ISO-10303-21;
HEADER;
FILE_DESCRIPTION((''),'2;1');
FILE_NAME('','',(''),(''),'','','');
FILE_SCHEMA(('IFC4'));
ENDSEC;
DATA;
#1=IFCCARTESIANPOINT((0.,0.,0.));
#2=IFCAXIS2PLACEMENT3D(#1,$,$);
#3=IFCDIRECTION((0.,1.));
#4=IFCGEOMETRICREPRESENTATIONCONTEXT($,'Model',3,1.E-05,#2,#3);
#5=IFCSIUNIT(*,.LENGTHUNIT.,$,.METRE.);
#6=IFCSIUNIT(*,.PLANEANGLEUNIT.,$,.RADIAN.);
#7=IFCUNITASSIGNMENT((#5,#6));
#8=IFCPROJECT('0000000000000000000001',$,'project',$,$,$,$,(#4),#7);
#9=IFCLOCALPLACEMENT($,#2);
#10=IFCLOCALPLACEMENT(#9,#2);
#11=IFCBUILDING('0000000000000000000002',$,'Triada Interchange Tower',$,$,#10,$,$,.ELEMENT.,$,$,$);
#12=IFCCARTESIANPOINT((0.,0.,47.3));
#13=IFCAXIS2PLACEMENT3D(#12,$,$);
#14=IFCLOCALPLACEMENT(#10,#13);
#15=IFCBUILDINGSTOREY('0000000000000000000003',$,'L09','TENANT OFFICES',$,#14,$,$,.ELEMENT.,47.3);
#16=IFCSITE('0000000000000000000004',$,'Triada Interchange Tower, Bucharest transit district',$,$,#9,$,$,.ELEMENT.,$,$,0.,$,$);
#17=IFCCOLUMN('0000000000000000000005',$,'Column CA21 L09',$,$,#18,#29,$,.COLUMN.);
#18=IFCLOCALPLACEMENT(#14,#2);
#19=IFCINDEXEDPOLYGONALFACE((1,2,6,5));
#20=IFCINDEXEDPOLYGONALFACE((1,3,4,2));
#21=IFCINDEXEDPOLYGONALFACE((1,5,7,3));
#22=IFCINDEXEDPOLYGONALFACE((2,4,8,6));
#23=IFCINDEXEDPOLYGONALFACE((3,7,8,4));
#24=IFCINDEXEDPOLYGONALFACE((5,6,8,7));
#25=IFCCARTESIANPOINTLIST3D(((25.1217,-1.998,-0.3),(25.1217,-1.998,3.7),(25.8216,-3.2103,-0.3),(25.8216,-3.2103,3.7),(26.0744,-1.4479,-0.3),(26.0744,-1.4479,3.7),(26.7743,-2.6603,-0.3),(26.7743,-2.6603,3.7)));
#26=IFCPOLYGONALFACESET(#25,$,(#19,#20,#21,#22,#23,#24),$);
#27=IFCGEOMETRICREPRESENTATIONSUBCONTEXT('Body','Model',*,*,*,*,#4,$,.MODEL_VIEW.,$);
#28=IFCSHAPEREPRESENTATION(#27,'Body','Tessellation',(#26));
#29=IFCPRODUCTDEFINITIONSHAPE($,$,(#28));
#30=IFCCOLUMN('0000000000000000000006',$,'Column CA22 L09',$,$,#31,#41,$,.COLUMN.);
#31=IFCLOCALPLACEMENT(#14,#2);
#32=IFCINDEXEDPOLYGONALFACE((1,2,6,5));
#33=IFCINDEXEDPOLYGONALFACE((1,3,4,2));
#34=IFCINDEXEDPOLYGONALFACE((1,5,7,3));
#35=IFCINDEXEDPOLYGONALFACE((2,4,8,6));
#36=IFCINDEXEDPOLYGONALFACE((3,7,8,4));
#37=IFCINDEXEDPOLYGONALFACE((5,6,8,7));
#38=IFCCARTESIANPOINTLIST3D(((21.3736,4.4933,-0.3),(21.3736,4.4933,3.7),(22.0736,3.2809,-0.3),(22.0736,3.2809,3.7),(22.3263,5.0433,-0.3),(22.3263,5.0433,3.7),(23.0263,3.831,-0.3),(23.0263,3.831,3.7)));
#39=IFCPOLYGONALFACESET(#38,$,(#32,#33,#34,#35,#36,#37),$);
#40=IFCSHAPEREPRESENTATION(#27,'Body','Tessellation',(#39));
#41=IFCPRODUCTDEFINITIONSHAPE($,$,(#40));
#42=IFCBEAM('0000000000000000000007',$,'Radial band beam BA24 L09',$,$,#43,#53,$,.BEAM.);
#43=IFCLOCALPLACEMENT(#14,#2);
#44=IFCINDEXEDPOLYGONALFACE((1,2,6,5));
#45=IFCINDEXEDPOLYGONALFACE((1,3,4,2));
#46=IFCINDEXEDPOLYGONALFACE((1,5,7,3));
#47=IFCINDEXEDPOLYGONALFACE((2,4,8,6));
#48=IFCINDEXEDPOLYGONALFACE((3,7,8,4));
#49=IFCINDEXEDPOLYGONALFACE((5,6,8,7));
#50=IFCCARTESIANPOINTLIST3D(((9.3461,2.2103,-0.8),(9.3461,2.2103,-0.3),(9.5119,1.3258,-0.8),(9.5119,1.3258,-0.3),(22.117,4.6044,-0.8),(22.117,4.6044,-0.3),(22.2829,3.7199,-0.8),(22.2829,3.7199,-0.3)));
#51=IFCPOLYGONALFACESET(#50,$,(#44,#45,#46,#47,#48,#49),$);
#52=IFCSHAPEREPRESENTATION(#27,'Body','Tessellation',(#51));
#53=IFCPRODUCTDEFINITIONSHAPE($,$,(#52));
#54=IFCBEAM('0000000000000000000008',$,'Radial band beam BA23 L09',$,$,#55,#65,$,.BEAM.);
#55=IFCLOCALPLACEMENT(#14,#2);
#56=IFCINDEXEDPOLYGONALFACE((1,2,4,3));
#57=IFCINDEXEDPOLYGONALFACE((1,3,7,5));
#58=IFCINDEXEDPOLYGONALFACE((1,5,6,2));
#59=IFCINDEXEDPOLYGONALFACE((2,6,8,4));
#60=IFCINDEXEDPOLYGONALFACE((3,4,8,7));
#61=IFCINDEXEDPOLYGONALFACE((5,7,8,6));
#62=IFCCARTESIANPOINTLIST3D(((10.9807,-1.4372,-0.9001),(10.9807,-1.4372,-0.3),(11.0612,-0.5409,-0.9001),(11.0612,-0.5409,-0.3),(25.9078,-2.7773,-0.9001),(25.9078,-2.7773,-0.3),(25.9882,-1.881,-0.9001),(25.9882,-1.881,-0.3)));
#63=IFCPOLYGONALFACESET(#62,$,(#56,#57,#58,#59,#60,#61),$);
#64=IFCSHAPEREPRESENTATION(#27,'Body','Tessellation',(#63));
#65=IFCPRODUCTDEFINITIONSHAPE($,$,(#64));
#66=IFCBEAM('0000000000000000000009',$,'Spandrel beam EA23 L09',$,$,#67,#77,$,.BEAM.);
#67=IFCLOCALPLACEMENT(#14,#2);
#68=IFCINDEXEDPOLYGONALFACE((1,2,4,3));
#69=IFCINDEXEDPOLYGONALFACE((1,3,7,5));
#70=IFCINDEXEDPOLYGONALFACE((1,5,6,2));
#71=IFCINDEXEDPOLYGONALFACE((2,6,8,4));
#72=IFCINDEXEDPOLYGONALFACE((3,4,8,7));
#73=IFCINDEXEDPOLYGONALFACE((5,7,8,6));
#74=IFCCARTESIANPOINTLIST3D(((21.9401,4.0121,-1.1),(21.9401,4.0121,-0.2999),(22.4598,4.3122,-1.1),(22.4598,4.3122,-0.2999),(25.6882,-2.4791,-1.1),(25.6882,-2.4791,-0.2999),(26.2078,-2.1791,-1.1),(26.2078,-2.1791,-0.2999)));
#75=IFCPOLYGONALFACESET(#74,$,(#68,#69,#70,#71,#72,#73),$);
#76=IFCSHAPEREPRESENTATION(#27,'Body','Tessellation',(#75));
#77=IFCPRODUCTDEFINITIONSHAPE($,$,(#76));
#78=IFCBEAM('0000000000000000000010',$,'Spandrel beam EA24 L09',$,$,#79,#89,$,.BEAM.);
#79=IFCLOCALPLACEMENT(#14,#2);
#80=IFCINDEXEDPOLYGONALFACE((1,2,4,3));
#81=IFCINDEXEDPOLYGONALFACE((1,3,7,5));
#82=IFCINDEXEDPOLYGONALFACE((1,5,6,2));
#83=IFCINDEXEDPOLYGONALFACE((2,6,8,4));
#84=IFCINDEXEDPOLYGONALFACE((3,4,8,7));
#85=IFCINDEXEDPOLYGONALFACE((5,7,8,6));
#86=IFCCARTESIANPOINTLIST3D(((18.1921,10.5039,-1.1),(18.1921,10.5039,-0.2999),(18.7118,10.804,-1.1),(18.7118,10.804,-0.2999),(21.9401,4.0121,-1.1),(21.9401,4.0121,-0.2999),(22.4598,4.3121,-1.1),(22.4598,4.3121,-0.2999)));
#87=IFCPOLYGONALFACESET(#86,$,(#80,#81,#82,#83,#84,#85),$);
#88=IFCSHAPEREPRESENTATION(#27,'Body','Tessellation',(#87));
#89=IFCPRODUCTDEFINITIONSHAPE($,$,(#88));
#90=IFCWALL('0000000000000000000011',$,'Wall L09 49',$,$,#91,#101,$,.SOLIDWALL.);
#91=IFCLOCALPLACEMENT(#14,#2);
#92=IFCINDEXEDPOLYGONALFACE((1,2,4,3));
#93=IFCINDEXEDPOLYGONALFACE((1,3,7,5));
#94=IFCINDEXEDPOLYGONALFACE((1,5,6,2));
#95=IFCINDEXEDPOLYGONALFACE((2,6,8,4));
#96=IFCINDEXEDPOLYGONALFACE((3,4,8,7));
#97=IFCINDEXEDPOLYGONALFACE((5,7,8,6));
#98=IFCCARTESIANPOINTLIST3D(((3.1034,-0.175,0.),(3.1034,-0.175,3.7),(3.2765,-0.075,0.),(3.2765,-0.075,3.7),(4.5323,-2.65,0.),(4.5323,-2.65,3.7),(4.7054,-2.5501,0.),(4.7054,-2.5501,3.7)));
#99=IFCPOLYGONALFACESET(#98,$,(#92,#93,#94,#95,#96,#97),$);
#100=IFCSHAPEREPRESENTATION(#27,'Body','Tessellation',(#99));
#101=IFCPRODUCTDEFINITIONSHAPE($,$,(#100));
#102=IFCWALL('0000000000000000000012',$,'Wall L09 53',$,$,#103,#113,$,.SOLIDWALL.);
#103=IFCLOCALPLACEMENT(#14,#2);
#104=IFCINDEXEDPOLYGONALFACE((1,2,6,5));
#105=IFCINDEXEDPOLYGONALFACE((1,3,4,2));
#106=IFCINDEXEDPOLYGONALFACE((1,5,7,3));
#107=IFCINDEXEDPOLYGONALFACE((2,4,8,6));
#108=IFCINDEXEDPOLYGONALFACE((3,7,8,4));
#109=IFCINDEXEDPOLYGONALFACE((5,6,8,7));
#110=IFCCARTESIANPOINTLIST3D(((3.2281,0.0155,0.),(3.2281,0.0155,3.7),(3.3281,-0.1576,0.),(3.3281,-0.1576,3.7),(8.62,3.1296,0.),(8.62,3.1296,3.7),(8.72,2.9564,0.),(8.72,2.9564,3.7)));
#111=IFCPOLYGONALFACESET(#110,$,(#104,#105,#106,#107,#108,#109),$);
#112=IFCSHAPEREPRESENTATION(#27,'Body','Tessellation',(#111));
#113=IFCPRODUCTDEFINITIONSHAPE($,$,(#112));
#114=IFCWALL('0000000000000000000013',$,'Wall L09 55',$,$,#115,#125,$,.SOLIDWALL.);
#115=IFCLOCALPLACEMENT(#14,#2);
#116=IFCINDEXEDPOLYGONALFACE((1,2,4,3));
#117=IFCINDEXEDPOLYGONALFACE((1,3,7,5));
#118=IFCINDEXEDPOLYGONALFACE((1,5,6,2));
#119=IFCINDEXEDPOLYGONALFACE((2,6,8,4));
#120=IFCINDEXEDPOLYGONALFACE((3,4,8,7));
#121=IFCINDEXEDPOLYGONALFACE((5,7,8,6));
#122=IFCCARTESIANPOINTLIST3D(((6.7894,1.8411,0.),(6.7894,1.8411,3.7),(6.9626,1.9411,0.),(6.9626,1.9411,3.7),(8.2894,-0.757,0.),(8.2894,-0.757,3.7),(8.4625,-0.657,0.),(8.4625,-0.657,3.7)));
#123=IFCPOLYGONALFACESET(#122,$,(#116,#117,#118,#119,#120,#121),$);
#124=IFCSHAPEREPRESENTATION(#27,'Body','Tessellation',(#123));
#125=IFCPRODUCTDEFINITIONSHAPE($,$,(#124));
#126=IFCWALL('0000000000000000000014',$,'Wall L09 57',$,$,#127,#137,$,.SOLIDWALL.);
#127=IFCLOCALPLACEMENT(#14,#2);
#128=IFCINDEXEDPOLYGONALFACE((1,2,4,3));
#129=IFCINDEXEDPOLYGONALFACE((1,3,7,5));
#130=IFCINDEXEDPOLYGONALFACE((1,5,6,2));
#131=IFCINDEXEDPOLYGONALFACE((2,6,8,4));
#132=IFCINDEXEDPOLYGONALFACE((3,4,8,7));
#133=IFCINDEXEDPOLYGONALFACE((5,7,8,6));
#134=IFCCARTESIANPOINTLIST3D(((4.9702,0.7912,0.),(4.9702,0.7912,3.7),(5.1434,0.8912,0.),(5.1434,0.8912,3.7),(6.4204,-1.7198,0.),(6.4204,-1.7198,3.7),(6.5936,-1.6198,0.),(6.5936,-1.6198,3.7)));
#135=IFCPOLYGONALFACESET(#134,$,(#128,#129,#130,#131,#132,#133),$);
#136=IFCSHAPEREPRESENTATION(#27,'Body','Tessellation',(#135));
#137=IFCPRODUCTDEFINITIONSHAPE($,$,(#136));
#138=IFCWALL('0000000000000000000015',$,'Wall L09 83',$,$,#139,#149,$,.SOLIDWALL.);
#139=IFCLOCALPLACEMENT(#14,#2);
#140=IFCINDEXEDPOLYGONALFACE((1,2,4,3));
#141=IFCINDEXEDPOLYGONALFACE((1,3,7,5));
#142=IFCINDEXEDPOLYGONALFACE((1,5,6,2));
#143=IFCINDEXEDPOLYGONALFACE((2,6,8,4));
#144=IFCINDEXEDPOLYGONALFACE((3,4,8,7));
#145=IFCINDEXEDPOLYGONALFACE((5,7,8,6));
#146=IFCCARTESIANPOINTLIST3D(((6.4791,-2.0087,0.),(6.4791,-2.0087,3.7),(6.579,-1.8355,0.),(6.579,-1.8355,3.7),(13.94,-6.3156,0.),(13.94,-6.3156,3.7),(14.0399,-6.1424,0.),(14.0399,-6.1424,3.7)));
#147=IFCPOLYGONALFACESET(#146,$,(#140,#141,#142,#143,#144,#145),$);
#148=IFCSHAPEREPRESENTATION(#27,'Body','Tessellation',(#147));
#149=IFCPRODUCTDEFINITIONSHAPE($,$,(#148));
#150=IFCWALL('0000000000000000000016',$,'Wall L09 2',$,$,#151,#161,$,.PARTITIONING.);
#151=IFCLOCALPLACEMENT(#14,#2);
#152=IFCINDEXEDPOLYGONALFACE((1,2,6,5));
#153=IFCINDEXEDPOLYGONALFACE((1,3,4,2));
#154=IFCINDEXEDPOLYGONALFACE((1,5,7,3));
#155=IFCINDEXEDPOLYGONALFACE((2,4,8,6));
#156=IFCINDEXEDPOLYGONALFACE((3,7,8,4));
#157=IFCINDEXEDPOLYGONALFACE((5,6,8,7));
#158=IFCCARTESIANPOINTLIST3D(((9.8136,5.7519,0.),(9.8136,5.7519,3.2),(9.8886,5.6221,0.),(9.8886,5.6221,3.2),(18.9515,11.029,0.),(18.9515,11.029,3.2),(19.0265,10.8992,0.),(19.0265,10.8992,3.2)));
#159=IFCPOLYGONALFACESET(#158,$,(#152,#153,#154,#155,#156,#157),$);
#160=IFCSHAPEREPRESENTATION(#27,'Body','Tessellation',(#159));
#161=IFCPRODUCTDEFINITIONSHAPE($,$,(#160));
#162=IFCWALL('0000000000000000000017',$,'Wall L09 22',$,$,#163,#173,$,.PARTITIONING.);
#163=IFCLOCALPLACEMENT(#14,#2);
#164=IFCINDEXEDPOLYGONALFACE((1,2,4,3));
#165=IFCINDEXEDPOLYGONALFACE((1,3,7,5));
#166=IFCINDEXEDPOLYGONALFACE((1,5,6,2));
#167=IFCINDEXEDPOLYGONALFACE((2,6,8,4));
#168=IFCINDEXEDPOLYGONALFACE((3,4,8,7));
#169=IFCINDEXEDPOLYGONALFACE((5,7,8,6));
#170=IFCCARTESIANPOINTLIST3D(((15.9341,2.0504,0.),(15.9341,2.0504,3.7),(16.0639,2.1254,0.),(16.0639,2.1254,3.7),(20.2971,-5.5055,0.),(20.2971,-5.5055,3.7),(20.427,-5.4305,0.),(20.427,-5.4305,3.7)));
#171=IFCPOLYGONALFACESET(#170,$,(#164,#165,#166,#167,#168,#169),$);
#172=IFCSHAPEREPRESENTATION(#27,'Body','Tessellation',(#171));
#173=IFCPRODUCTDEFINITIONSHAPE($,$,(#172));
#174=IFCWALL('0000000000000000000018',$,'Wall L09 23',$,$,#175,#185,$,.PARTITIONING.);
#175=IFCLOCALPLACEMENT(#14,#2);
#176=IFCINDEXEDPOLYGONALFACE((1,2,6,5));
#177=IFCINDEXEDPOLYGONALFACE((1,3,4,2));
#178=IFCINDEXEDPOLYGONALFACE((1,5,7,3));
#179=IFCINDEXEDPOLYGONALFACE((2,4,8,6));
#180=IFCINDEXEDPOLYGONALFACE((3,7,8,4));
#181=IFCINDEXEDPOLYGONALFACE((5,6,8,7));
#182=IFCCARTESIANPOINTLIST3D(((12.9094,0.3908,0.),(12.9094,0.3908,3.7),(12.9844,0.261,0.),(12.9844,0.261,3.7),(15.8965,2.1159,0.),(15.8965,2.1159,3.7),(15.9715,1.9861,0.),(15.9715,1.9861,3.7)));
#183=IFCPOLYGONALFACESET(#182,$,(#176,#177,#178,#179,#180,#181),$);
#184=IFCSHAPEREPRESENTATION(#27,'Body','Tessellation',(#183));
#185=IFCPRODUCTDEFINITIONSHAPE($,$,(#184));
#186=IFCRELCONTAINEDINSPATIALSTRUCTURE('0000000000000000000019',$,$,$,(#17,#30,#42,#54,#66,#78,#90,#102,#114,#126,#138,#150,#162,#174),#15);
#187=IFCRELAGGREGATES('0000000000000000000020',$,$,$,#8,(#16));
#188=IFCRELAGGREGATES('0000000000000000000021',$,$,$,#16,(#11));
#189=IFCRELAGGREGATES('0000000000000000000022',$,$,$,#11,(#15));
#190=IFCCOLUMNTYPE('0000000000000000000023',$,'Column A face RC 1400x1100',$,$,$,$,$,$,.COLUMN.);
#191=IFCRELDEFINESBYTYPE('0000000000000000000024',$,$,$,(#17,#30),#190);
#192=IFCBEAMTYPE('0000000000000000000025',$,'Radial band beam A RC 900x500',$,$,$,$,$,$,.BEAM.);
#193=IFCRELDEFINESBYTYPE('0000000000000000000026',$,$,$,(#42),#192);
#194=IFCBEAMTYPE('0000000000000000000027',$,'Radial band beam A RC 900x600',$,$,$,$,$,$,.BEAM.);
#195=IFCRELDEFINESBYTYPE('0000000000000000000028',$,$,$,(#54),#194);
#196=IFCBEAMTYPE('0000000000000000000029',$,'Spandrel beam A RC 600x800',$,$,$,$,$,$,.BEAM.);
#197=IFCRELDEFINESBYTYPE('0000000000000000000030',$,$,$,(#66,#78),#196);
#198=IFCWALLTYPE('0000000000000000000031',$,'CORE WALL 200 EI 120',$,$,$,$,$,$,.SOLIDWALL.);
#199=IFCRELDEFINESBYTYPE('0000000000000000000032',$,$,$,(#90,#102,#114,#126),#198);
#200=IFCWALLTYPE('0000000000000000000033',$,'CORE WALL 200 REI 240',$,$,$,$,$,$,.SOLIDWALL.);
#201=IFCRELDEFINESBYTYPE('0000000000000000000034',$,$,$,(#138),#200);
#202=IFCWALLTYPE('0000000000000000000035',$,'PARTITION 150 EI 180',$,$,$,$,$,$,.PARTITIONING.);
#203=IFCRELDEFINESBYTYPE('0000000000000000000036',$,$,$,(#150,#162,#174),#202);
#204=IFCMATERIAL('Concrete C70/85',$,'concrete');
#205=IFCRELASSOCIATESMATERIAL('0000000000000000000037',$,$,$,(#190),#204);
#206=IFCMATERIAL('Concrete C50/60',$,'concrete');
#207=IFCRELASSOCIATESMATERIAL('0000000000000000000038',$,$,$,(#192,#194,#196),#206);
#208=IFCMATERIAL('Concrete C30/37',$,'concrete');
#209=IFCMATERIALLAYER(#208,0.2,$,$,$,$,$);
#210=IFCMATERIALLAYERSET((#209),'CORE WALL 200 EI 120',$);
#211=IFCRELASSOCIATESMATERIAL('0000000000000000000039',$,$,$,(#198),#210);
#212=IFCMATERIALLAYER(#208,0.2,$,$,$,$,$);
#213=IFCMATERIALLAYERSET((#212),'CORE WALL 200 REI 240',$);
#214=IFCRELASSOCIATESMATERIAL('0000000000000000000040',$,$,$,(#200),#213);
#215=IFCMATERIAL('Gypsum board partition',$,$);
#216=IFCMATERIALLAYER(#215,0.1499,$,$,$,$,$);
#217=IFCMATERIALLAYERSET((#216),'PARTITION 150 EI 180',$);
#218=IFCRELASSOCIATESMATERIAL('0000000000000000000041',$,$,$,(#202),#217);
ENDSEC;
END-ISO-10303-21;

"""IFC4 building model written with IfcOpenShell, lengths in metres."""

from ifc_helpers import new_model, si_unit, direction, frame, frame_2d, origin, origin_2d, place, context, subcontext, project, spatial, rectangle, extrude, material, layer, layer_set, material_profile, profile_set, type_object, element, save


model = new_model("IFC4")

# Units and contexts
model_context = context("Model", 3, precision=1e-05, world=origin(), true_north=direction((0.0, 1.0)))
body_context = subcontext(model_context, "Body", "Model", "MODEL_VIEW")
ifc_project = project(units=[si_unit("LENGTHUNIT", "METRE"), si_unit("PLANEANGLEUNIT", "RADIAN")], contexts=[model_context])

# Site, building, storey
site_placement = place(None, origin())
site = spatial("IfcSite", under=ifc_project, at=site_placement, Name="Triada Interchange Tower, Bucharest transit district", CompositionType="ELEMENT", RefElevation=0.0)
building_placement = place(site_placement, origin())
building = spatial("IfcBuilding", under=site, at=building_placement, Name="Triada Interchange Tower", CompositionType="ELEMENT")
storey_placement = place(building_placement, frame((0.0, 0.0, 47.3)))
storey = spatial("IfcBuildingStorey", under=building, at=storey_placement, Name="L09", Description="TENANT OFFICES", CompositionType="ELEMENT", Elevation=47.3)

# Columns
ifc_material_1 = material(Name="Concrete C70/85", Category="concrete")
ifc_material_profile_1 = material_profile(ifc_material_1, rectangle(XDim=1.3999, YDim=1.1001, at=origin_2d()), Name="RC 1400x1100")
ifc_profile_set_1 = profile_set([ifc_material_profile_1], Name="Concrete C70/85")
column_type = type_object("IfcColumnType", Name="Column A face RC 1400x1100", PredefinedType="COLUMN", material=ifc_profile_set_1)
for number, where, z_axis, x_axis, name in (
    (1, (25.948, -2.3291, -0.3), (0.0, 0.0, 1.0), (-0.5, 0.866025, 0.0), "Column CA21 L09"),
    (2, (22.2, 4.1621, -0.3), (0.0, 0.0, 1.0), (-0.5, 0.866025, 0.0), "Column CA22 L09"),
):
    element("IfcColumn", number, at=place(storey_placement, frame(where, z_axis=z_axis, x_axis=x_axis)), inside=storey, type_object=column_type, Name=name, PredefinedType="COLUMN", context=body_context, shape_type="SweptSolid", body=[
        extrude(rectangle(XDim=1.3999, YDim=1.1001, at=origin_2d()), origin(), (0.0, 0.0, 1.0), 4.0),
    ])

# Beams
ifc_material_2 = material(Name="Concrete C50/60", Category="concrete")
ifc_material_profile_2 = material_profile(ifc_material_2, rectangle(XDim=0.8999, YDim=0.5, at=origin_2d()), Name="RC 900x500")
ifc_profile_set_2 = profile_set([ifc_material_profile_2], Name="Concrete C50/60")
beam_type_1 = type_object("IfcBeamType", Name="Radial band beam A RC 900x500", PredefinedType="BEAM", material=ifc_profile_set_2)
beam_1_placement = place(storey_placement, frame((22.2, 4.1621, -0.55), z_axis=(-0.982879, -0.18425, 0.0), x_axis=(0.18425, -0.982879, 0.0)))
element("IfcBeam", 3, at=beam_1_placement, inside=storey, type_object=beam_type_1, Name="Radial band beam BA24 L09", PredefinedType="BEAM", context=body_context, shape_type="SweptSolid", body=[
    extrude(rectangle(XDim=0.8999, YDim=0.5, at=origin_2d()), origin(), (0.0, 0.0, 1.0), 12.9934),
])
ifc_material_profile_3 = material_profile(ifc_material_2, rectangle(XDim=0.8999, YDim=0.6001, at=origin_2d()), Name="RC 900x600")
ifc_profile_set_3 = profile_set([ifc_material_profile_3], Name="Concrete C50/60")
beam_type_2 = type_object("IfcBeamType", Name="Radial band beam A RC 900x600", PredefinedType="BEAM", material=ifc_profile_set_3)
beam_2_placement = place(storey_placement, frame((25.948, -2.3291, -0.6001), z_axis=(-0.995994, 0.089416, 0.0), x_axis=(-0.089416, -0.995994, 0.0)))
element("IfcBeam", 4, at=beam_2_placement, inside=storey, type_object=beam_type_2, Name="Radial band beam BA23 L09", PredefinedType="BEAM", context=body_context, shape_type="SweptSolid", body=[
    extrude(rectangle(XDim=0.8999, YDim=0.6001, at=origin_2d()), origin(), (0.0, 0.0, 1.0), 14.9871),
])
ifc_material_profile_4 = material_profile(ifc_material_2, rectangle(XDim=0.6001, YDim=0.8, at=origin_2d()), Name="RC 600x800")
ifc_profile_set_4 = profile_set([ifc_material_profile_4], Name="Concrete C50/60")
beam_type_3 = type_object("IfcBeamType", Name="Spandrel beam A RC 600x800", PredefinedType="BEAM", material=ifc_profile_set_4)
beam_3_placement = place(storey_placement, frame((25.948, -2.3291, -0.7), z_axis=(-0.500034, 0.866006, 0.0), x_axis=(-0.866006, -0.500034, 0.0)))
element("IfcBeam", 5, at=beam_3_placement, inside=storey, type_object=beam_type_3, Name="Spandrel beam EA23 L09", PredefinedType="BEAM", context=body_context, shape_type="SweptSolid", body=[
    extrude(rectangle(XDim=0.6001, YDim=0.8, at=origin_2d()), origin(), (0.0, 0.0, 1.0), 7.4956),
])
beam_4_placement = place(storey_placement, frame((22.2, 4.1621, -0.7), z_axis=(-0.499992, 0.86603, 0.0), x_axis=(-0.86603, -0.499992, 0.0)))
element("IfcBeam", 6, at=beam_4_placement, inside=storey, type_object=beam_type_3, Name="Spandrel beam EA24 L09", PredefinedType="BEAM", context=body_context, shape_type="SweptSolid", body=[
    extrude(rectangle(XDim=0.6001, YDim=0.8, at=origin_2d()), origin(), (0.0, 0.0, 1.0), 7.4961),
])

# Walls
ifc_material_3 = material(Name="Concrete C30/37", Category="concrete")
ifc_layer_1 = layer(ifc_material_3, 0.2)
ifc_layer_set_1 = layer_set([ifc_layer_1], Name="CORE WALL 200 EI 120")
wall_type_1 = type_object("IfcWallType", Name="CORE WALL 200 EI 120", PredefinedType="SOLIDWALL", material=ifc_layer_set_1)
wall_1_placement = place(storey_placement, frame((3.1899, -0.125, 0.0), z_axis=(0.0, 0.0, 1.0), x_axis=(0.499989, -0.866032, 0.0)))
element("IfcWall", 7, at=wall_1_placement, inside=storey, type_object=wall_type_1, Name="Wall L09 49", PredefinedType="SOLIDWALL", context=body_context, shape_type="SweptSolid", body=[
    extrude(rectangle(XDim=2.8579, YDim=0.2, at=frame_2d((1.429, 0.0))), origin(), (0.0, 0.0, 1.0), 3.7),
])
wall_2_placement = place(storey_placement, frame((3.2781, -0.071, 0.0), z_axis=(0.0, 0.0, 1.0), x_axis=(0.865954, 0.500124, 0.0)))
element("IfcWall", 8, at=wall_2_placement, inside=storey, type_object=wall_type_1, Name="Wall L09 53", PredefinedType="SOLIDWALL", context=body_context, shape_type="SweptSolid", body=[
    extrude(rectangle(XDim=6.2266, YDim=0.2, at=frame_2d((3.1133, 0.0))), origin(), (0.0, 0.0, 1.0), 3.7),
])
wall_3_placement = place(storey_placement, frame((6.876, 1.8911, 0.0), z_axis=(0.0, 0.0, 1.0), x_axis=(0.49999, -0.866031, 0.0)))
element("IfcWall", 9, at=wall_3_placement, inside=storey, type_object=wall_type_1, Name="Wall L09 55", PredefinedType="SOLIDWALL", context=body_context, shape_type="SweptSolid", body=[
    extrude(rectangle(XDim=3.0, YDim=0.2, at=frame_2d((1.5, 0.0))), origin(), (0.0, 0.0, 1.0), 3.7),
])
wall_4_placement = place(storey_placement, frame((5.0569, 0.8411, 0.0), z_axis=(0.0, 0.0, 1.0), x_axis=(0.500123, -0.865954, 0.0)))
element("IfcWall", 10, at=wall_4_placement, inside=storey, type_object=wall_type_1, Name="Wall L09 57", PredefinedType="SOLIDWALL", context=body_context, shape_type="SweptSolid", body=[
    extrude(rectangle(XDim=2.8997, YDim=0.2, at=frame_2d((1.4497, 0.0))), origin(), (0.0, 0.0, 1.0), 3.7),
])
ifc_layer_2 = layer(ifc_material_3, 0.2)
ifc_layer_set_2 = layer_set([ifc_layer_2], Name="CORE WALL 200 REI 240")
wall_type_2 = type_object("IfcWallType", Name="CORE WALL 200 REI 240", PredefinedType="SOLIDWALL", material=ifc_layer_set_2)
wall_5_placement = place(storey_placement, frame((6.5291, -1.9221, 0.0), z_axis=(0.0, 0.0, 1.0), x_axis=(0.86606, -0.49994, 0.0)))
element("IfcWall", 11, at=wall_5_placement, inside=storey, type_object=wall_type_2, Name="Wall L09 83", PredefinedType="SOLIDWALL", context=body_context, shape_type="SweptSolid", body=[
    extrude(rectangle(XDim=8.6147, YDim=0.2, at=frame_2d((4.3074, 0.0))), origin(), (0.0, 0.0, 1.0), 3.7),
])
ifc_material_4 = material(Name="Gypsum board partition")
ifc_layer_3 = layer(ifc_material_4, 0.1499)
ifc_layer_set_3 = layer_set([ifc_layer_3], Name="PARTITION 150 EI 180")
wall_type_3 = type_object("IfcWallType", Name="PARTITION 150 EI 180", PredefinedType="PARTITIONING", material=ifc_layer_set_3)
wall_6_placement = place(storey_placement, frame((9.8511, 5.687, 0.0), z_axis=(0.0, 0.0, 1.0), x_axis=(0.865972, 0.500093, 0.0)))
element("IfcWall", 12, at=wall_6_placement, inside=storey, type_object=wall_type_3, Name="Wall L09 2", PredefinedType="PARTITIONING", context=body_context, shape_type="SweptSolid", body=[
    extrude(rectangle(XDim=10.5522, YDim=0.1499, at=frame_2d((5.2761, 0.0))), origin(), (0.0, 0.0, 1.0), 3.2),
])
wall_7_placement = place(storey_placement, frame((15.999, 2.0879, 0.0), z_axis=(0.0, 0.0, 1.0), x_axis=(0.500054, -0.865994, 0.0)))
element("IfcWall", 13, at=wall_7_placement, inside=storey, type_object=wall_type_3, Name="Wall L09 22", PredefinedType="PARTITIONING", context=body_context, shape_type="SweptSolid", body=[
    extrude(rectangle(XDim=8.7251, YDim=0.1499, at=frame_2d((4.3625, 0.0))), origin(), (0.0, 0.0, 1.0), 3.7),
])
wall_8_placement = place(storey_placement, frame((12.947, 0.3259, 0.0), z_axis=(0.0, 0.0, 1.0), x_axis=(0.86596, 0.500113, 0.0)))
element("IfcWall", 14, at=wall_8_placement, inside=storey, type_object=wall_type_3, Name="Wall L09 23", PredefinedType="PARTITIONING", context=body_context, shape_type="SweptSolid", body=[
    extrude(rectangle(XDim=3.4495, YDim=0.1499, at=frame_2d((1.7246, 0.0))), origin(), (0.0, 0.0, 1.0), 3.7),
])

save(model, "model.ifc")
